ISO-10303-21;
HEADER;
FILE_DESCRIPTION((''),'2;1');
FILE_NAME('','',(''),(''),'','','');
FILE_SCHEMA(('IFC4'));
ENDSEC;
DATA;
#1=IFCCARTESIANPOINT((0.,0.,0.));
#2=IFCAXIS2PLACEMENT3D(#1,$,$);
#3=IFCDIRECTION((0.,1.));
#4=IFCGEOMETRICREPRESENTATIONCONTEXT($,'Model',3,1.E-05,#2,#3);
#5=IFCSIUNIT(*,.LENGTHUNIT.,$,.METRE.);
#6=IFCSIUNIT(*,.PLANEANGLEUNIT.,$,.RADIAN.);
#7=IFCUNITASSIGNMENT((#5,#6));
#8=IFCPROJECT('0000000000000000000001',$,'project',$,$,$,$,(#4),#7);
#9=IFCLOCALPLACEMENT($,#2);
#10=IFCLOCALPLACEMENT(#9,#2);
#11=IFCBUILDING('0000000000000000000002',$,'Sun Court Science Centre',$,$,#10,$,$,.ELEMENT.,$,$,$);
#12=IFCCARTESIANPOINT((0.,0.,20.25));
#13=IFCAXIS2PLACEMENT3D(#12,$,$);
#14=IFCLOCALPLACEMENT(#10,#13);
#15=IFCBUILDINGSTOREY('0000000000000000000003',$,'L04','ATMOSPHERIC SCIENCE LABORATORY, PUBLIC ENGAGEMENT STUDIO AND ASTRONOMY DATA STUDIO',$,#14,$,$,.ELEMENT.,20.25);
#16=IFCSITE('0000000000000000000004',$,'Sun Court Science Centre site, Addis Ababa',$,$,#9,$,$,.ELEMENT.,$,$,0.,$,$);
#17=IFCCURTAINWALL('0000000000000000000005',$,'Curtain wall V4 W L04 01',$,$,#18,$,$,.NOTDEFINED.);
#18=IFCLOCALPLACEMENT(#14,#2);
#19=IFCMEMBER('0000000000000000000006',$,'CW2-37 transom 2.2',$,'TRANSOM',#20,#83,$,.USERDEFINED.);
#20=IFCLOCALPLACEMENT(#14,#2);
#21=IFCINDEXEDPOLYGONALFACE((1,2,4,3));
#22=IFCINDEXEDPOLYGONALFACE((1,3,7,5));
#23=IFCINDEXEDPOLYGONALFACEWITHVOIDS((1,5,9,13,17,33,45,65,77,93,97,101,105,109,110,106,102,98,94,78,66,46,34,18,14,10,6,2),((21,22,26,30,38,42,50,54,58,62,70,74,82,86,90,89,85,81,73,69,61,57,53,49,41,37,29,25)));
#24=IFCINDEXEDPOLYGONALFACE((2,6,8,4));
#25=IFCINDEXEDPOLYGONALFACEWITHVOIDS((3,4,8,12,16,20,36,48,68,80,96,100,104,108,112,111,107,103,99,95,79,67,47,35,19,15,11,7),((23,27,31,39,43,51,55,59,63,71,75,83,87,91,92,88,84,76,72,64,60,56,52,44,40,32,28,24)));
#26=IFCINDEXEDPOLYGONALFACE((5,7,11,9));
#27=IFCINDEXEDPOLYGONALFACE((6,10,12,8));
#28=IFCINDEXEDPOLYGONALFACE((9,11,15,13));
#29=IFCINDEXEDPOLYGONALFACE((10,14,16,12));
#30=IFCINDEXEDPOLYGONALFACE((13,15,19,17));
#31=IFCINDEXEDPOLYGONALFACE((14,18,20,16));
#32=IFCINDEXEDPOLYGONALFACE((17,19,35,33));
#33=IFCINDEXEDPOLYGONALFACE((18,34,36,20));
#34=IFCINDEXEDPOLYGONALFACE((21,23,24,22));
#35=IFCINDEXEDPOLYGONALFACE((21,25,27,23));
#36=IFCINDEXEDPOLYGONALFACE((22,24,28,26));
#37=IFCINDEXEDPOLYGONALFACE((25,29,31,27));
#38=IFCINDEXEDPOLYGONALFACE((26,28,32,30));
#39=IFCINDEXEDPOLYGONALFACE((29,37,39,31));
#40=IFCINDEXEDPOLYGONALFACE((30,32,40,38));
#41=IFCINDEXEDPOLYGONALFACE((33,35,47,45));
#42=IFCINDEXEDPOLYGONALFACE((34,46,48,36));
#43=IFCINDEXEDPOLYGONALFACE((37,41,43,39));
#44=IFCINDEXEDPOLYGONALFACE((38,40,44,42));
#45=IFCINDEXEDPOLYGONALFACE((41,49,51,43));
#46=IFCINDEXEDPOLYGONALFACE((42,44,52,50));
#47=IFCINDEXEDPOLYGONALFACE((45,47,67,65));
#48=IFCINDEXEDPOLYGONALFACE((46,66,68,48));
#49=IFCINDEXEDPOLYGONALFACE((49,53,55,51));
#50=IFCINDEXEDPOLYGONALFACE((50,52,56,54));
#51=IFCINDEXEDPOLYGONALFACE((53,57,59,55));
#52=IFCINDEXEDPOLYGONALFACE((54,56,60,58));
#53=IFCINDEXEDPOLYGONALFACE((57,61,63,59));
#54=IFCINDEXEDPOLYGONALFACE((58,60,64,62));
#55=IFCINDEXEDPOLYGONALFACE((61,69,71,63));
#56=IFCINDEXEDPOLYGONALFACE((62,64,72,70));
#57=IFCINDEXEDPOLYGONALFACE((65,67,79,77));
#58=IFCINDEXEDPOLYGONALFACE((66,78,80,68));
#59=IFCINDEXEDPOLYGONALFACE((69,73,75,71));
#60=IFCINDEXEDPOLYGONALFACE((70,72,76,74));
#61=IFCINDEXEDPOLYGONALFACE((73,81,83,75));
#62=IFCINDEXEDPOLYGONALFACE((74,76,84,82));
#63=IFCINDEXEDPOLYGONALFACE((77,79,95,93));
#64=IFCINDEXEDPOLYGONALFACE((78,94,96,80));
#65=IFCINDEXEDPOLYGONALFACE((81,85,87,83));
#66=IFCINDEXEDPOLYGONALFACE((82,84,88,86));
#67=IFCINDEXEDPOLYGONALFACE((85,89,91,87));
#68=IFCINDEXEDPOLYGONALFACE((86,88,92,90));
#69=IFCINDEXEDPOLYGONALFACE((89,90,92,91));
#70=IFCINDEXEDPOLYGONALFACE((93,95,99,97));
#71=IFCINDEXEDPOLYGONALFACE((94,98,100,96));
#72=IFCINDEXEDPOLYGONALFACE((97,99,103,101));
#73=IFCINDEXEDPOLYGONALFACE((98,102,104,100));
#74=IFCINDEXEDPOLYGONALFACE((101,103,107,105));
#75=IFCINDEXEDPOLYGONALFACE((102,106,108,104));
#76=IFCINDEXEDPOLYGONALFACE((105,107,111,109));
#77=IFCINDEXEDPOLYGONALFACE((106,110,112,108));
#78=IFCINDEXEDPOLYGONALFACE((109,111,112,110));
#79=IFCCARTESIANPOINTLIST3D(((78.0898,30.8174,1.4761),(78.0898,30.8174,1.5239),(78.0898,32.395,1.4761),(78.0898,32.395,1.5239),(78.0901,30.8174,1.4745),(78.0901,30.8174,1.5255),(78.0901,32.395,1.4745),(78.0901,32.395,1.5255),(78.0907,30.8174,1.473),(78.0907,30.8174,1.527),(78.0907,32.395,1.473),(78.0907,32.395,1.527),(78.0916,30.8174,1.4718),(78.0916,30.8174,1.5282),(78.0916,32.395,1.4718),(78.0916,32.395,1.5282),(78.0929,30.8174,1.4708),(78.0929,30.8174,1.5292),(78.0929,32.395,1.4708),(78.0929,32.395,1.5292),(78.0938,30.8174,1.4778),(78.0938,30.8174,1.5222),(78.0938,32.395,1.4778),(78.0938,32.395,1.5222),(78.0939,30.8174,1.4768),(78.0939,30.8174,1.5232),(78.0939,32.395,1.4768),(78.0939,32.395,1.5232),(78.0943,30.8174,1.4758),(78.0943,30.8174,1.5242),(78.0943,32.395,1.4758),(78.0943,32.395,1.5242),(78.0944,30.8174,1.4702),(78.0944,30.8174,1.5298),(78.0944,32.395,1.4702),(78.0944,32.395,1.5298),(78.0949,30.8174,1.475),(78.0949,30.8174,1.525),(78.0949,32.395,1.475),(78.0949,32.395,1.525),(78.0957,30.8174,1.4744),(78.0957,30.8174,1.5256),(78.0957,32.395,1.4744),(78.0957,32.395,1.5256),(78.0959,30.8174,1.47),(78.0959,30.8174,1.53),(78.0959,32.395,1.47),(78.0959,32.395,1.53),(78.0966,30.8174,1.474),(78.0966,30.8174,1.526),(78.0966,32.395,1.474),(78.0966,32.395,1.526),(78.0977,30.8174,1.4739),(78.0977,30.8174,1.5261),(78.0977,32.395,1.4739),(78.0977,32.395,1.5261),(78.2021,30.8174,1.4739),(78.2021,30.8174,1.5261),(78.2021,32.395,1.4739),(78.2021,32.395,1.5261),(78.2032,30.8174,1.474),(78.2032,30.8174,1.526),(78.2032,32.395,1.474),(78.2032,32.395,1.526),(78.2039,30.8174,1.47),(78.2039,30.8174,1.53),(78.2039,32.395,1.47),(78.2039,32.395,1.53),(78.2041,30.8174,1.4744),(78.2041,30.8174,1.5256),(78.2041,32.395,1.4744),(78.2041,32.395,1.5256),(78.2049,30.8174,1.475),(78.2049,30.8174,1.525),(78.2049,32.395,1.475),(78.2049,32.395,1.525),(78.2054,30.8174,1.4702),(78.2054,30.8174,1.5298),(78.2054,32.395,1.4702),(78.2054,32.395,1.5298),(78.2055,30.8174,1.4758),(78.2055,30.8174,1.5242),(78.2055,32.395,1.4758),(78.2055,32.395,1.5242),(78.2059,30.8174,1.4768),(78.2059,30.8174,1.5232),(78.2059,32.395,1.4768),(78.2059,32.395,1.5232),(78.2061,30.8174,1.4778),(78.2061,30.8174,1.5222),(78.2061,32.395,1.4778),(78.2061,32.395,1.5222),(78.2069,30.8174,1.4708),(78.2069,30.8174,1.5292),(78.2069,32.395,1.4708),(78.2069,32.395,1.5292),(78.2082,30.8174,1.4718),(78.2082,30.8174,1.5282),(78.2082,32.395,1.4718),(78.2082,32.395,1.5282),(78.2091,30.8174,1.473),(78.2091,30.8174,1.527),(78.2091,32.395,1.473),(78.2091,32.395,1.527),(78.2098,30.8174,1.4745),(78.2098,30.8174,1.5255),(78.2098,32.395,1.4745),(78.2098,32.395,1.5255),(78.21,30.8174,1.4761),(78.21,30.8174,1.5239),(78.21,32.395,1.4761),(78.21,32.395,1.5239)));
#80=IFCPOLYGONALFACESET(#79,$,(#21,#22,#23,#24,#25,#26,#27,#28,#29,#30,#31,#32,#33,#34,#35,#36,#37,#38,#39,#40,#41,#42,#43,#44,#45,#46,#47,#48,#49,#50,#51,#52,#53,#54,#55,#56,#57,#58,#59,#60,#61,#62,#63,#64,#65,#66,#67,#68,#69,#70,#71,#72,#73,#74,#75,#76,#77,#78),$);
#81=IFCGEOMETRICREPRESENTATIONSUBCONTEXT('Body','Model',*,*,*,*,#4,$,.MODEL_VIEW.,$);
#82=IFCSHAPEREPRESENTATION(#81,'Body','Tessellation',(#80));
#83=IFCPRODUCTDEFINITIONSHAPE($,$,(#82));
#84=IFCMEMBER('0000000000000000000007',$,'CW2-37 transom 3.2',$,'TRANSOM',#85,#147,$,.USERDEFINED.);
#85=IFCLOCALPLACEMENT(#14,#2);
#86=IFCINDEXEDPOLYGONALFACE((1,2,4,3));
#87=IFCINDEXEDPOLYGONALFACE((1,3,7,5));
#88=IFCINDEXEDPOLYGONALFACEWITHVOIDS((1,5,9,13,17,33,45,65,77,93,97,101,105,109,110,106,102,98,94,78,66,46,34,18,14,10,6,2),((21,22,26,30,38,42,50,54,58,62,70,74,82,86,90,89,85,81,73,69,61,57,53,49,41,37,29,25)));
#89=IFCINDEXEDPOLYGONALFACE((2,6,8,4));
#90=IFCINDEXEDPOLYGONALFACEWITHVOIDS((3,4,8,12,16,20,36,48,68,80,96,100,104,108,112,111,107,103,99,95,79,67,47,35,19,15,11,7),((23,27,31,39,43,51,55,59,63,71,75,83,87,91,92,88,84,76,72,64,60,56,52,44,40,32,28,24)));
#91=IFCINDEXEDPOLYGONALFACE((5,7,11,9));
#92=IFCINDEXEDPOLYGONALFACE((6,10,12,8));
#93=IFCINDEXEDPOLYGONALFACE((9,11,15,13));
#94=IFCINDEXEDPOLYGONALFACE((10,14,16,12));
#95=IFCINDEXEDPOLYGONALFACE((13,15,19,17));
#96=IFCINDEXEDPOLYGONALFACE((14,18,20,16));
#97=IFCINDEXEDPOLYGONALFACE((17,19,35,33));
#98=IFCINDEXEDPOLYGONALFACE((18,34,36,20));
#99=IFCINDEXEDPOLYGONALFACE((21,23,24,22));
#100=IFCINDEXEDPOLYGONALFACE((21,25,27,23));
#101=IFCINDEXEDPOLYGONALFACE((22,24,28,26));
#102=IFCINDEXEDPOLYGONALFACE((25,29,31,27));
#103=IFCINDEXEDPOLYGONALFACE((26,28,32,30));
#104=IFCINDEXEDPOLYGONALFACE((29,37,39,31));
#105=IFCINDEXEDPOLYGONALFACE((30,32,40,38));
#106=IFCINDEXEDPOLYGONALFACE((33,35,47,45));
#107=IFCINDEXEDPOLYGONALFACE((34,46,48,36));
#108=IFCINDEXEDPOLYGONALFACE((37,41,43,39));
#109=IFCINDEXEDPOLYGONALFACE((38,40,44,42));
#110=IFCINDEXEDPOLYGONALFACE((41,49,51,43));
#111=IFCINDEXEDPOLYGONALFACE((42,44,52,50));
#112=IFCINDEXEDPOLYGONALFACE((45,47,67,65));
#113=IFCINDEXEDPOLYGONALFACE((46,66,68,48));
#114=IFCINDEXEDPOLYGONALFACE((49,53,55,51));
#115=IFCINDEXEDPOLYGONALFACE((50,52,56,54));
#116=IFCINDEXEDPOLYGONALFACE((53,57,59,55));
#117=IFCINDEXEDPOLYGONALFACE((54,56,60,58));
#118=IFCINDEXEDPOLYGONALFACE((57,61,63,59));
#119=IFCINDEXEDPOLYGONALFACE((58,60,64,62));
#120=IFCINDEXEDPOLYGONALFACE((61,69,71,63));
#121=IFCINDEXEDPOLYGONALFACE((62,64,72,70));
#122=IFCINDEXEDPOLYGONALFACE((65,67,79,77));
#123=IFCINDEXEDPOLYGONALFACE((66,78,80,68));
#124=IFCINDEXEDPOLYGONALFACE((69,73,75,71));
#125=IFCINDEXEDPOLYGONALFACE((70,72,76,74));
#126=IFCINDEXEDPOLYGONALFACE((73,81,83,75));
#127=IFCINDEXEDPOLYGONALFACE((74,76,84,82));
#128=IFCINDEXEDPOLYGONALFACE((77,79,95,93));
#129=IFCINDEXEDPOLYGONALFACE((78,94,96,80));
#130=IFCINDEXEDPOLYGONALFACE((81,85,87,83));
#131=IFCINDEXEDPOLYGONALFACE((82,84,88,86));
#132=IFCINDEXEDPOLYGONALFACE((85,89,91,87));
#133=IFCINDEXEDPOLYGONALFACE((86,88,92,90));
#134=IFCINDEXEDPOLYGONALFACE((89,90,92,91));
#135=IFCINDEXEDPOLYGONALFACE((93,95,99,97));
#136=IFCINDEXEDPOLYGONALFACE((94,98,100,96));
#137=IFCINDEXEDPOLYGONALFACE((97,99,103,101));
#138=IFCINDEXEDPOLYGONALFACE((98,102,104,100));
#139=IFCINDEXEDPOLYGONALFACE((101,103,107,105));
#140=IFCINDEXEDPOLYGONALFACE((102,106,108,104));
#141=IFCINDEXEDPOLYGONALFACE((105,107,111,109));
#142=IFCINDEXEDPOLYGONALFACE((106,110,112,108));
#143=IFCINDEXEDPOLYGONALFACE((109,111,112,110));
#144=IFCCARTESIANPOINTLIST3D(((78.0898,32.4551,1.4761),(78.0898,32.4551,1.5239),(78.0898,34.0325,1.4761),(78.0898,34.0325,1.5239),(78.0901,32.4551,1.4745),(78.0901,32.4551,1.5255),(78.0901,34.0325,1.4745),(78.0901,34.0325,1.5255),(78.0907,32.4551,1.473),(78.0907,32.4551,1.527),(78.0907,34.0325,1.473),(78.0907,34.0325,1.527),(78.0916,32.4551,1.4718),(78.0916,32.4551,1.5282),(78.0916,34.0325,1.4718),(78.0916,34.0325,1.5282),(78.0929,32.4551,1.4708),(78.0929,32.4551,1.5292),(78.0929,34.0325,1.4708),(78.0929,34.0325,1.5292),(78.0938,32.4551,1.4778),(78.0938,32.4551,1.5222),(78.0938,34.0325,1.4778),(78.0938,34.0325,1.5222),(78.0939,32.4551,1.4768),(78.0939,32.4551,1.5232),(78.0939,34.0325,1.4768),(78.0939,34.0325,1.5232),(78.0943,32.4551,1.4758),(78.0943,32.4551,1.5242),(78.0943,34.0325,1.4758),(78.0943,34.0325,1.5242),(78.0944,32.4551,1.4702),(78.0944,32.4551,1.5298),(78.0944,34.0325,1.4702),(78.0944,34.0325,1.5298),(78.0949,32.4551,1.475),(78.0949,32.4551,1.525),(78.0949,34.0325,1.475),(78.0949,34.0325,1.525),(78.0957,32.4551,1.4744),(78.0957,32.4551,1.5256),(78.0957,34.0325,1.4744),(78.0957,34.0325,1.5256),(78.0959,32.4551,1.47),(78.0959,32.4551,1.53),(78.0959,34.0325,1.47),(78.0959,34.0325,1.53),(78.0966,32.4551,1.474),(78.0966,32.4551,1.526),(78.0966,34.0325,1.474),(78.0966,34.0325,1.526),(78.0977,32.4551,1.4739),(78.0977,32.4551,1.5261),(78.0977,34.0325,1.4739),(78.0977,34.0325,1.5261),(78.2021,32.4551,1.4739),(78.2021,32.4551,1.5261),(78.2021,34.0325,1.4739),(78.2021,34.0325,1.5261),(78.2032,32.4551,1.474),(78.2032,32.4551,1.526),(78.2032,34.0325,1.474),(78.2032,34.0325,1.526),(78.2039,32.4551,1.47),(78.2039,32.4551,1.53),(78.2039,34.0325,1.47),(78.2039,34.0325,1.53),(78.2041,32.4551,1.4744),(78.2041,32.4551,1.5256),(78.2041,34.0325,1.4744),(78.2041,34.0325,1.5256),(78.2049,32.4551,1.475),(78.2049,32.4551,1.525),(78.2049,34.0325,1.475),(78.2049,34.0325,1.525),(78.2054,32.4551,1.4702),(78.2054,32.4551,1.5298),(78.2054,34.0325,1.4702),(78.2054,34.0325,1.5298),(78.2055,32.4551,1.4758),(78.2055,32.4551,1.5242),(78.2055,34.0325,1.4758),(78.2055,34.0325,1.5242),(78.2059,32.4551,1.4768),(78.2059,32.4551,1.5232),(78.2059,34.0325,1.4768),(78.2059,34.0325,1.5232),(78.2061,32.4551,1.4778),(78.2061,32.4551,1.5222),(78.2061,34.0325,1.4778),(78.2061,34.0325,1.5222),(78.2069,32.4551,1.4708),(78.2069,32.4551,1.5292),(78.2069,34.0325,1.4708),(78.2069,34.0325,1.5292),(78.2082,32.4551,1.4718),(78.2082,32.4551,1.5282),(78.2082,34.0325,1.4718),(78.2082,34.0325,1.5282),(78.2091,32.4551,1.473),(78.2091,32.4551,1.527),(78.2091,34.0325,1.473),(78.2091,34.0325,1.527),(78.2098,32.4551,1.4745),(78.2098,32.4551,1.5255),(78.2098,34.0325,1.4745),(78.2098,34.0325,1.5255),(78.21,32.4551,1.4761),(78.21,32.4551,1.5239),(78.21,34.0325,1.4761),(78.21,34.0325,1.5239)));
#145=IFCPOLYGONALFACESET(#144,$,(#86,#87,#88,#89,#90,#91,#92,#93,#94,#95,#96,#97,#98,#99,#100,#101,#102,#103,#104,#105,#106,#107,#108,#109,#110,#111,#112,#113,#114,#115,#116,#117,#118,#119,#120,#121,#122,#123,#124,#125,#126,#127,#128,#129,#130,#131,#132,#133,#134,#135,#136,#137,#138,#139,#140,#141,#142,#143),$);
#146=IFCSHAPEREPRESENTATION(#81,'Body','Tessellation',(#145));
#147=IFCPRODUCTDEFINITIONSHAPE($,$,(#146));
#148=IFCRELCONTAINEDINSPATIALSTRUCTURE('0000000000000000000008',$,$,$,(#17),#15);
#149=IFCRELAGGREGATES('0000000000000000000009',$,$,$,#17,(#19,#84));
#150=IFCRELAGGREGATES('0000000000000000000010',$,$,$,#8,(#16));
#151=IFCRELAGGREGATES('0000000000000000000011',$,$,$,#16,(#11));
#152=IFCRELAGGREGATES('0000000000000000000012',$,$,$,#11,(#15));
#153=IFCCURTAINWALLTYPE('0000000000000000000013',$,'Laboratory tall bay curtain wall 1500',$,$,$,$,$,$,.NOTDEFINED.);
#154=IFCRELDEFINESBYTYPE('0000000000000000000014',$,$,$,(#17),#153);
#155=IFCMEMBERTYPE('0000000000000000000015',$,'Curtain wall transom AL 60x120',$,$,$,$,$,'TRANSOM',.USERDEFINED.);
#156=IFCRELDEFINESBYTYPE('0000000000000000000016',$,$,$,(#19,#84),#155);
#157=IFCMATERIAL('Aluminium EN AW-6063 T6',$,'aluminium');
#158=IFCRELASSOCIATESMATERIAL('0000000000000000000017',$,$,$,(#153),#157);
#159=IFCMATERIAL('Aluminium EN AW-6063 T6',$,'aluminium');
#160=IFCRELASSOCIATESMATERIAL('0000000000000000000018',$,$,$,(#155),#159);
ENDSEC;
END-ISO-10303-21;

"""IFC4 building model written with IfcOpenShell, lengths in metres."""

from ifc_helpers import new_model, si_unit, direction, frame, origin, origin_2d, place, context, subcontext, project, spatial, hollow_rectangle, extrude, material, material_profile, profile_set, type_object, element, aggregate, save


model = new_model("IFC4")

# Units and contexts
model_context = context("Model", 3, precision=1e-05, world=origin(), true_north=direction((0.0, 1.0)))
body_context = subcontext(model_context, "Body", "Model", "MODEL_VIEW")
ifc_project = project(units=[si_unit("LENGTHUNIT", "METRE"), si_unit("PLANEANGLEUNIT", "RADIAN")], contexts=[model_context])

# Site, building, storey
site_placement = place(None, origin())
site = spatial("IfcSite", under=ifc_project, at=site_placement, Name="Sun Court Science Centre site, Addis Ababa", CompositionType="ELEMENT", RefElevation=0.0)
building_placement = place(site_placement, origin())
building = spatial("IfcBuilding", under=site, at=building_placement, Name="Sun Court Science Centre", CompositionType="ELEMENT")
storey_placement = place(building_placement, frame((0.0, 0.0, 20.25)))
storey = spatial("IfcBuildingStorey", under=building, at=storey_placement, Name="L04", Description="ATMOSPHERIC SCIENCE LABORATORY, PUBLIC ENGAGEMENT STUDIO AND ASTRONOMY DATA STUDIO", CompositionType="ELEMENT", Elevation=20.25)

# Curtain wall, members
ifc_material_1 = material(Name="Aluminium EN AW-6063 T6", Category="aluminium")
curtain_wall_type = type_object("IfcCurtainWallType", Name="Laboratory tall bay curtain wall 1500", PredefinedType="NOTDEFINED", material=ifc_material_1)
curtain_wall_placement = place(storey_placement, origin())
curtain_wall = element("IfcCurtainWall", 1, at=curtain_wall_placement, inside=storey, type_object=curtain_wall_type, Name="Curtain wall V4 W L04 01", PredefinedType="NOTDEFINED")
ifc_material_2 = material(Name="Aluminium EN AW-6063 T6", Category="aluminium")
ifc_material_profile_1 = material_profile(ifc_material_2, hollow_rectangle(XDim=0.0601, YDim=0.1201, WallThickness=0.0039, InnerFilletRadius=0.0039, OuterFilletRadius=0.0061, at=origin_2d()), Name="AL 60x120x4")
ifc_profile_set_1 = profile_set([ifc_material_profile_1], Name="Aluminium EN AW-6063 T6")
member_type_1 = type_object("IfcMemberType", Name="Curtain wall transom AL 60x120", ElementType="TRANSOM", PredefinedType="USERDEFINED", material=ifc_profile_set_1)
member_1_placement = place(storey_placement, frame((78.1499, 30.8174, 1.5), z_axis=(0.0, 1.0, 0.0), x_axis=(0.0, 0.0, 1.0)))
member_1 = element("IfcMember", 2, at=member_1_placement, type_object=member_type_1, Name="CW2-37 transom 2.2", ObjectType="TRANSOM", PredefinedType="USERDEFINED", context=body_context, shape_type="SweptSolid", body=[
    extrude(hollow_rectangle(XDim=0.0601, YDim=0.1201, WallThickness=0.0039, InnerFilletRadius=0.0039, OuterFilletRadius=0.0061, at=origin_2d()), origin(), (0.0, 0.0, 1.0), 1.5776),
])
member_2_placement = place(storey_placement, frame((78.1499, 32.4551, 1.5), z_axis=(0.0, 1.0, 0.0), x_axis=(0.0, 0.0, 1.0)))
member_2 = element("IfcMember", 3, at=member_2_placement, type_object=member_type_1, Name="CW2-37 transom 3.2", ObjectType="TRANSOM", PredefinedType="USERDEFINED", context=body_context, shape_type="SweptSolid", body=[
    extrude(hollow_rectangle(XDim=0.0601, YDim=0.1201, WallThickness=0.0039, InnerFilletRadius=0.0039, OuterFilletRadius=0.0061, at=origin_2d()), origin(), (0.0, 0.0, 1.0), 1.5774),
])
aggregate(curtain_wall, [member_1, member_2])

save(model, "model.ifc")
